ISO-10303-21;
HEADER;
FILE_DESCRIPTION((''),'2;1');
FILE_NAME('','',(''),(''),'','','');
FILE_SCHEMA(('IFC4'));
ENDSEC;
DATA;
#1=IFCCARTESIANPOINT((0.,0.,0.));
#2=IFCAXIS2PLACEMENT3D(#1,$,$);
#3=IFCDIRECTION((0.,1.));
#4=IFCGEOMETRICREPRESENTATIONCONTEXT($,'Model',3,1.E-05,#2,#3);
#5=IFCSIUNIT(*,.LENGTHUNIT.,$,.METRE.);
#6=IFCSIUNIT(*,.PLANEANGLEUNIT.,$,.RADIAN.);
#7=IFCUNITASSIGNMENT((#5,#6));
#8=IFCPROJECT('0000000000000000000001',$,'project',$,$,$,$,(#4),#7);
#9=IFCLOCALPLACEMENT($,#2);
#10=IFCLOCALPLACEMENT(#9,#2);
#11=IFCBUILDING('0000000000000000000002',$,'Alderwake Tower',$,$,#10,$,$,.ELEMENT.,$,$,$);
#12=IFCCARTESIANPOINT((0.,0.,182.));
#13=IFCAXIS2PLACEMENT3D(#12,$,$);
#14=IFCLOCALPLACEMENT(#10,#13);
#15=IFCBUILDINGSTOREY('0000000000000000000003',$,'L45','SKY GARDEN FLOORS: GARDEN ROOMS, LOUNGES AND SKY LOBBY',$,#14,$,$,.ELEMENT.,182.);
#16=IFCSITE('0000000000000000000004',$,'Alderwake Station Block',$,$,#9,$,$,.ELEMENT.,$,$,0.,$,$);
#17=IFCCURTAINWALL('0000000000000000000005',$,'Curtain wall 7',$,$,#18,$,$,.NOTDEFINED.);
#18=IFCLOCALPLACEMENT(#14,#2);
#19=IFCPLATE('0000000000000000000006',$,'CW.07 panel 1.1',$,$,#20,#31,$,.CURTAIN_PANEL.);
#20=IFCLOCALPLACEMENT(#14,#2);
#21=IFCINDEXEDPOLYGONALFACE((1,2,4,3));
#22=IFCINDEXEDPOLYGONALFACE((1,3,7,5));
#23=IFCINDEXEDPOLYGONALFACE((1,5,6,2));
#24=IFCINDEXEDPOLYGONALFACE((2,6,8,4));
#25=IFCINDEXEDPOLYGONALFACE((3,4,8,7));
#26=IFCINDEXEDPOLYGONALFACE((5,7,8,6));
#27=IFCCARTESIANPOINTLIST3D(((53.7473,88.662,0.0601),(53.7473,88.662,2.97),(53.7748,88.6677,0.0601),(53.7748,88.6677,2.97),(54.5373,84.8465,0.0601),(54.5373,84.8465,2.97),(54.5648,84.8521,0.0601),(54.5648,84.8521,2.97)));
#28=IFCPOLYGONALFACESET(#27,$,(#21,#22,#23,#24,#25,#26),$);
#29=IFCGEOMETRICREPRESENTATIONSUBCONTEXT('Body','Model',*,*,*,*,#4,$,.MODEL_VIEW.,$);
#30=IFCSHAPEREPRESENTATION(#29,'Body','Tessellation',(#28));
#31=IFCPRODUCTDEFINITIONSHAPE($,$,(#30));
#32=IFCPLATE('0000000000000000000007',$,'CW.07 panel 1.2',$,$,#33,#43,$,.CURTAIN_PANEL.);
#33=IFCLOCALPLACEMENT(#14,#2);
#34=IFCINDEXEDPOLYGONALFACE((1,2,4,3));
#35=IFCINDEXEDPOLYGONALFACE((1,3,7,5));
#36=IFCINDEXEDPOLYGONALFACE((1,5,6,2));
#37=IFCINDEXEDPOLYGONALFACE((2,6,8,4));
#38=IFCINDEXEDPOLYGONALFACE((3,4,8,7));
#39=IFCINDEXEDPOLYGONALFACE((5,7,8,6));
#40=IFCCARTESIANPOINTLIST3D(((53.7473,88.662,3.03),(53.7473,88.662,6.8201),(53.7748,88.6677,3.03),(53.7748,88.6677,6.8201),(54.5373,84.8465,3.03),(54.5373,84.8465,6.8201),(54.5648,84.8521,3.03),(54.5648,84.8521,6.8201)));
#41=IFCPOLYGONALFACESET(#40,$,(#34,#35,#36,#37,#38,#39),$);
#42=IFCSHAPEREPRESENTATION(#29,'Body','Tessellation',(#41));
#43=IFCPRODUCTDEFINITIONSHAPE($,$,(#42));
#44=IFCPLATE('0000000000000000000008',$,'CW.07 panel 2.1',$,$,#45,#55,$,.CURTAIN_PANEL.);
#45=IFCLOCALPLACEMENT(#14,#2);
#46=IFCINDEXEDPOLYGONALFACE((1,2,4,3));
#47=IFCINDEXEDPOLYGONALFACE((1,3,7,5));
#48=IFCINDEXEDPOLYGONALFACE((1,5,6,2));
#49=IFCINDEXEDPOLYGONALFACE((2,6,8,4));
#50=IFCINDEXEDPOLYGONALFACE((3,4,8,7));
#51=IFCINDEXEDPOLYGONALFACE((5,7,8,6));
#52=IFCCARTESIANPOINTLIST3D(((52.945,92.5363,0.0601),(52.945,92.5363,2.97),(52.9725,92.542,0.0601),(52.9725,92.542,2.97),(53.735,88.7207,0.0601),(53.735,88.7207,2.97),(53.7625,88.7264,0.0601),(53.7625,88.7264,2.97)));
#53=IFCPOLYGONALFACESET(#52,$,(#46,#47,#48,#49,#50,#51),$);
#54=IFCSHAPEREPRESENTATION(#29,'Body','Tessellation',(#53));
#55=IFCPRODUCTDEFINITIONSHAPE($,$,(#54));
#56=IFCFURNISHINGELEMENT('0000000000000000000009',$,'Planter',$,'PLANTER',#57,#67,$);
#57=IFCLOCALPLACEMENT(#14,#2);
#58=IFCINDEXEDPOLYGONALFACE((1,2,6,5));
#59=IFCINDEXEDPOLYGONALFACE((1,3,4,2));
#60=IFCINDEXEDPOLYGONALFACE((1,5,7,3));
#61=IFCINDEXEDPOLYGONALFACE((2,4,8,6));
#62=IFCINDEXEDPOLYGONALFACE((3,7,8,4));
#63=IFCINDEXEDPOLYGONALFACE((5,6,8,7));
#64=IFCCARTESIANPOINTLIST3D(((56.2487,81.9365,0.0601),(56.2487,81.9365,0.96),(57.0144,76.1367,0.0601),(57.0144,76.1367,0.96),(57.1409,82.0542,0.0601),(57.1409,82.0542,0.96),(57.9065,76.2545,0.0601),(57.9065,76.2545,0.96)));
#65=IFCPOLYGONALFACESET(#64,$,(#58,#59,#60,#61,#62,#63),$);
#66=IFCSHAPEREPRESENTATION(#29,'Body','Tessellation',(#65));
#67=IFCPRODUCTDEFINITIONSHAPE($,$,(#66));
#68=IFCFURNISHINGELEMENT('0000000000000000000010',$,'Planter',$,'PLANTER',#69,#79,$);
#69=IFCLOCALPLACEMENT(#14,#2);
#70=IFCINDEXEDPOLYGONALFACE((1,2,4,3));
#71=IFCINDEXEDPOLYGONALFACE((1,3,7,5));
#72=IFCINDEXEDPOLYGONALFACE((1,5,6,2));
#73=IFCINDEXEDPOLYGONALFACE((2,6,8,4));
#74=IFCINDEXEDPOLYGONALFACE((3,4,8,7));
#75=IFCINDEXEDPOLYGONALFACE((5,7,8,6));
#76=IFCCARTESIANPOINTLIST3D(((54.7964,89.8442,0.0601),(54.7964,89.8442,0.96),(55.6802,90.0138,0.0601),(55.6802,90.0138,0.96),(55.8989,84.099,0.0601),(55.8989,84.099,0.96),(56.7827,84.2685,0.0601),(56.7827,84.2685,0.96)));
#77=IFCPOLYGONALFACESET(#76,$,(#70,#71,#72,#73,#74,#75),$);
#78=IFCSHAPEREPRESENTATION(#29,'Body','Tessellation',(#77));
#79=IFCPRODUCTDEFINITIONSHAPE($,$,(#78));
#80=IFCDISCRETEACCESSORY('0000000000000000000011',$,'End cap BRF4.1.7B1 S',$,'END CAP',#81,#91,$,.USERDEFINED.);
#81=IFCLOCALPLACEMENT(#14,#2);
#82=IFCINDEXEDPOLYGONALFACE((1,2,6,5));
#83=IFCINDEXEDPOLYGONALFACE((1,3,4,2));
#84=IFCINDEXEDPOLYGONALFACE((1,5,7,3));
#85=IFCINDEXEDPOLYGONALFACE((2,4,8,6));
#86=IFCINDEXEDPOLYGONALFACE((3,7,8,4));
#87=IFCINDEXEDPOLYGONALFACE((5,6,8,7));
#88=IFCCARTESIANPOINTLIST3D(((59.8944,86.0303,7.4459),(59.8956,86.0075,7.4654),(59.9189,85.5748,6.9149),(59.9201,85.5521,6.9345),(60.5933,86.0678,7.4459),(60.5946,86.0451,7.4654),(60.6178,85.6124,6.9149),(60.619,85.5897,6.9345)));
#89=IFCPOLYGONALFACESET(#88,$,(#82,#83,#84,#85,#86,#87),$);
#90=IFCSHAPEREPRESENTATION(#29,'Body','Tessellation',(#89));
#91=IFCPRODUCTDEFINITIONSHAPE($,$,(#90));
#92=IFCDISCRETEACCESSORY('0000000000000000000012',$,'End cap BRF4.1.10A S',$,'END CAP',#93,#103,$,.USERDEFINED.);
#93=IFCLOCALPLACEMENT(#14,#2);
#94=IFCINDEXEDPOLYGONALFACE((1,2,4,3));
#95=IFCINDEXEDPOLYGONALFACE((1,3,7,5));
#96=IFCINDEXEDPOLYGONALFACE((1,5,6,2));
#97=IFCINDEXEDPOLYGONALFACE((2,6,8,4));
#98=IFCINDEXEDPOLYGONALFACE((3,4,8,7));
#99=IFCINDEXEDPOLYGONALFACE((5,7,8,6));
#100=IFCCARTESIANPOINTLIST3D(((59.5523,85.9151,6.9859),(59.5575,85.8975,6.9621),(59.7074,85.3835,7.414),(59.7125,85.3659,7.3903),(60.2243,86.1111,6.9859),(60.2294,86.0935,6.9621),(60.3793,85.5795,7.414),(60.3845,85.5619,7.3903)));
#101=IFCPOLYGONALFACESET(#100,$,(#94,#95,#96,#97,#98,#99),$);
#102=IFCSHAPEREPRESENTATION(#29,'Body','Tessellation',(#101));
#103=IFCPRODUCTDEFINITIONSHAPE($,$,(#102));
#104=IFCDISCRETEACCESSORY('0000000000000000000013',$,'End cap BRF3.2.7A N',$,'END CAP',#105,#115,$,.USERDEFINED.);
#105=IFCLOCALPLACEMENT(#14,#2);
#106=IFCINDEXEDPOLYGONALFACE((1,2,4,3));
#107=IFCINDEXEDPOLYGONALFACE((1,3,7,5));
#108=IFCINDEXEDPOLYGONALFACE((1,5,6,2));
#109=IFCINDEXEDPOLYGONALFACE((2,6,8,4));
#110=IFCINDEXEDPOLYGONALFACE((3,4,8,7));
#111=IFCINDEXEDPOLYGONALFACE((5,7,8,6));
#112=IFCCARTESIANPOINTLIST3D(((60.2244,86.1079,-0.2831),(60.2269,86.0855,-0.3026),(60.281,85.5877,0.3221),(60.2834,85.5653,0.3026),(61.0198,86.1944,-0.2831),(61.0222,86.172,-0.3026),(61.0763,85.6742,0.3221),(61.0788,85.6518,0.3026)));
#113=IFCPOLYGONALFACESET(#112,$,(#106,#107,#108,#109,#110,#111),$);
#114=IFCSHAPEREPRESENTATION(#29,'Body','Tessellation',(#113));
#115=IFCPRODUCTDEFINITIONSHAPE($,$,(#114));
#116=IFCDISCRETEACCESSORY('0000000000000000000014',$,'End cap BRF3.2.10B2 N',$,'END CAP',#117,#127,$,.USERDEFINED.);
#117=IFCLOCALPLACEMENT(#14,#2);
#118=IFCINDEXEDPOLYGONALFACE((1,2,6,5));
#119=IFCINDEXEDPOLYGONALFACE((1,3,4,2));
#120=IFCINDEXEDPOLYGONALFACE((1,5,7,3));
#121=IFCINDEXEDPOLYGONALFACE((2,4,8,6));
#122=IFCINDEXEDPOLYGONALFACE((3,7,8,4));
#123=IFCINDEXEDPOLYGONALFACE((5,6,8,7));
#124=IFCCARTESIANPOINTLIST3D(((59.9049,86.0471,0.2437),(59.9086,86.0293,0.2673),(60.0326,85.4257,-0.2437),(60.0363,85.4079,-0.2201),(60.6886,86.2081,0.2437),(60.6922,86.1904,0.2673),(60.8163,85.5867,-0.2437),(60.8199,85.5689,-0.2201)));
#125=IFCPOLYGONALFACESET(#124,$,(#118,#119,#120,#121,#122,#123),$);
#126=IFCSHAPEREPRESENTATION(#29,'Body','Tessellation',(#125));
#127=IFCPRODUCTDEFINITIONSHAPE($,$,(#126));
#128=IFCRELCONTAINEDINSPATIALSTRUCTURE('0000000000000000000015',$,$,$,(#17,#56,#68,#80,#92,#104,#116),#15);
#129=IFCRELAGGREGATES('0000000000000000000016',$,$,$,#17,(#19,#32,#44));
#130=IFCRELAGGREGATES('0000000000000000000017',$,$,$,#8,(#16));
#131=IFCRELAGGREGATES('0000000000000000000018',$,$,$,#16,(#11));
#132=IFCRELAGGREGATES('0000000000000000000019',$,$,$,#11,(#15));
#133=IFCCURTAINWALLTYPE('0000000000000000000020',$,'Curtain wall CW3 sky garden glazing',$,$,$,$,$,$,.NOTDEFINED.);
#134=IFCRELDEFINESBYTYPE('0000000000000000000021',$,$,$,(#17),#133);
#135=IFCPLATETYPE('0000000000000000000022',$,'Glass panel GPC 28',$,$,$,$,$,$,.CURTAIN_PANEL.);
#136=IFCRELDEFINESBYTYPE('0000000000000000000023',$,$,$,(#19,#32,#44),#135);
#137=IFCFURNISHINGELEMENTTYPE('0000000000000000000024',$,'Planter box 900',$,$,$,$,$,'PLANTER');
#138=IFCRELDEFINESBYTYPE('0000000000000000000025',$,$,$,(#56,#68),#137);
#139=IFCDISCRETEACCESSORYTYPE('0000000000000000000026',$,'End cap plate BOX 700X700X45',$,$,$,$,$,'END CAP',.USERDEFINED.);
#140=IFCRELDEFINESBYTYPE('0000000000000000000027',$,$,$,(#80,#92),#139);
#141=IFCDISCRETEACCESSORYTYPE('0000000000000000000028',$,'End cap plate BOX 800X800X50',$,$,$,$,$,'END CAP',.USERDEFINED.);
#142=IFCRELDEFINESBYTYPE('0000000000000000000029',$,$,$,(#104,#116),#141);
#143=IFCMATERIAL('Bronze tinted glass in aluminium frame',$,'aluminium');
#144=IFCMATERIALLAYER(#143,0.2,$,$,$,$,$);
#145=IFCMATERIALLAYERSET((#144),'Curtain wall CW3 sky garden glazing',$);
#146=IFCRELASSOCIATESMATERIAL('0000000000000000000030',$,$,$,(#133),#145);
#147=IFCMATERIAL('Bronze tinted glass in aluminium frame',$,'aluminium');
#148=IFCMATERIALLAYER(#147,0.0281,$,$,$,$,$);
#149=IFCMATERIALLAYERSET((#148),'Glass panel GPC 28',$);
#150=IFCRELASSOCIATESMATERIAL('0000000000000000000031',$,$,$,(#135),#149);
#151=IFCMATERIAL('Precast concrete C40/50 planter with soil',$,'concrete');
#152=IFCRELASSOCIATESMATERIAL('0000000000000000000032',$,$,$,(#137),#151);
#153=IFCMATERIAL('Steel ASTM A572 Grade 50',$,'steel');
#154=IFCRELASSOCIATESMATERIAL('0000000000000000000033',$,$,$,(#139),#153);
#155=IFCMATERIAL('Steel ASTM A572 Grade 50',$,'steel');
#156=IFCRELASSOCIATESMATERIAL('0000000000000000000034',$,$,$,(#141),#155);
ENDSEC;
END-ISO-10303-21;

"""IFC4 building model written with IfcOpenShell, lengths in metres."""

from ifc_helpers import new_model, si_unit, direction, frame, origin, origin_2d, place, context, subcontext, project, spatial, rectangle, extrude, material, layer, layer_set, material_profile, profile_set, type_object, element, aggregate, save


model = new_model("IFC4")

# Units and contexts
model_context = context("Model", 3, precision=1e-05, world=origin(), true_north=direction((0.0, 1.0)))
body_context = subcontext(model_context, "Body", "Model", "MODEL_VIEW")
ifc_project = project(units=[si_unit("LENGTHUNIT", "METRE"), si_unit("PLANEANGLEUNIT", "RADIAN")], contexts=[model_context])

# Site, building, storey
site_placement = place(None, origin())
site = spatial("IfcSite", under=ifc_project, at=site_placement, Name="Alderwake Station Block", CompositionType="ELEMENT", RefElevation=0.0)
building_placement = place(site_placement, origin())
building = spatial("IfcBuilding", under=site, at=building_placement, Name="Alderwake Tower", CompositionType="ELEMENT")
storey_placement = place(building_placement, frame((0.0, 0.0, 182.0)))
storey = spatial("IfcBuildingStorey", under=building, at=storey_placement, Name="L45", Description="SKY GARDEN FLOORS: GARDEN ROOMS, LOUNGES AND SKY LOBBY", CompositionType="ELEMENT", Elevation=182.0)

# Curtain wall, plates
ifc_material_1 = material(Name="Bronze tinted glass in aluminium frame", Category="aluminium")
ifc_layer_1 = layer(ifc_material_1, 0.2)
ifc_layer_set_1 = layer_set([ifc_layer_1], Name="Curtain wall CW3 sky garden glazing")
curtain_wall_type = type_object("IfcCurtainWallType", Name="Curtain wall CW3 sky garden glazing", PredefinedType="NOTDEFINED", material=ifc_layer_set_1)
curtain_wall_placement = place(storey_placement, origin())
curtain_wall = element("IfcCurtainWall", 1, at=curtain_wall_placement, inside=storey, type_object=curtain_wall_type, Name="Curtain wall 7", PredefinedType="NOTDEFINED")
ifc_material_2 = material(Name="Bronze tinted glass in aluminium frame", Category="aluminium")
ifc_layer_2 = layer(ifc_material_2, 0.0281)
ifc_layer_set_2 = layer_set([ifc_layer_2], Name="Glass panel GPC 28")
plate_type = type_object("IfcPlateType", Name="Glass panel GPC 28", PredefinedType="CURTAIN_PANEL", material=ifc_layer_set_2)
plate_1_placement = place(storey_placement, frame((54.156, 86.7571, 0.0601), z_axis=(0.0, 0.0, 1.0), x_axis=(-0.202747, 0.979231, 0.0)))
plate_1 = element("IfcPlate", 2, at=plate_1_placement, type_object=plate_type, Name="CW.07 panel 1.1", PredefinedType="CURTAIN_PANEL", context=body_context, shape_type="SweptSolid", body=[
    extrude(rectangle(XDim=3.8965, YDim=0.0281, at=origin_2d()), origin(), (0.0, 0.0, 1.0), 2.9099),
])
plate_2_placement = place(storey_placement, frame((54.156, 86.7571, 3.03), z_axis=(0.0, 0.0, 1.0), x_axis=(-0.202747, 0.979231, 0.0)))
plate_2 = element("IfcPlate", 3, at=plate_2_placement, type_object=plate_type, Name="CW.07 panel 1.2", PredefinedType="CURTAIN_PANEL", context=body_context, shape_type="SweptSolid", body=[
    extrude(rectangle(XDim=3.8965, YDim=0.0281, at=origin_2d()), origin(), (0.0, 0.0, 1.0), 3.79),
])
plate_3_placement = place(storey_placement, frame((53.3538, 90.6313, 0.0601), z_axis=(0.0, 0.0, 1.0), x_axis=(-0.202747, 0.979231, 0.0)))
plate_3 = element("IfcPlate", 4, at=plate_3_placement, type_object=plate_type, Name="CW.07 panel 2.1", PredefinedType="CURTAIN_PANEL", context=body_context, shape_type="SweptSolid", body=[
    extrude(rectangle(XDim=3.8965, YDim=0.0281, at=origin_2d()), origin(), (0.0, 0.0, 1.0), 2.9099),
])
aggregate(curtain_wall, [plate_1, plate_2, plate_3])

# Furnishing elements
ifc_material_3 = material(Name="Precast concrete C40/50 planter with soil", Category="concrete")
furnishing_element_type = type_object("IfcFurnishingElementType", Name="Planter box 900", ElementType="PLANTER", material=ifc_material_3)
for number, where, z_axis, x_axis, name in (
    (5, (57.0776, 79.0955, 0.0601), (0.0, 0.0, 1.0), (0.991399, 0.130874, 0.0), "Planter"),
    (6, (55.7896, 87.0564, 0.0601), (0.0, 0.0, 1.0), (0.982083, 0.188449, 0.0), "Planter"),
):
    element("IfcFurnishingElement", number, at=place(storey_placement, frame(where, z_axis=z_axis, x_axis=x_axis)), inside=storey, type_object=furnishing_element_type, Name=name, ObjectType="PLANTER", context=body_context, shape_type="SweptSolid", body=[
        extrude(rectangle(XDim=0.8999, YDim=5.8501, at=origin_2d()), origin(), (0.0, 0.0, 1.0), 0.8999),
    ])

# Discrete accessories
ifc_material_4 = material(Name="Steel ASTM A572 Grade 50", Category="steel")
ifc_material_profile_1 = material_profile(ifc_material_4, rectangle(XDim=0.7, YDim=0.7, at=origin_2d()), Name="BOX 700X700X45 cap")
ifc_profile_set_1 = profile_set([ifc_material_profile_1], Name="Steel ASTM A572 Grade 50")
discrete_accessory_type_1 = type_object("IfcDiscreteAccessoryType", Name="End cap plate BOX 700X700X45", ElementType="END CAP", PredefinedType="USERDEFINED", material=ifc_profile_set_1)
for number, where, z_axis, x_axis, name in (
    (7, (60.2573, 85.7986, 7.2), (-0.040724, 0.757476, -0.651592), (-0.998558, -0.053686, 0.0), "End cap BRF4.1.7B1 S"),
    (8, (59.9658, 85.7473, 7.2), (0.17127, -0.587212, -0.791106), (0.96, 0.28, 0.0), "End cap BRF4.1.10A S"),
):
    element("IfcDiscreteAccessory", number, at=place(storey_placement, frame(where, z_axis=z_axis, x_axis=x_axis)), inside=storey, type_object=discrete_accessory_type_1, Name=name, ObjectType="END CAP", PredefinedType="USERDEFINED", context=body_context, shape_type="SweptSolid", body=[
        extrude(rectangle(XDim=0.7, YDim=0.7, at=origin_2d()), origin(), (0.0, 0.0, 1.0), 0.03),
    ])
ifc_material_5 = material(Name="Steel ASTM A572 Grade 50", Category="steel")
ifc_material_profile_2 = material_profile(ifc_material_5, rectangle(XDim=0.8, YDim=0.8, at=origin_2d()), Name="BOX 800X800X50 cap")
ifc_profile_set_2 = profile_set([ifc_material_profile_2], Name="Steel ASTM A572 Grade 50")
discrete_accessory_type_2 = type_object("IfcDiscreteAccessoryType", Name="End cap plate BOX 800X800X50", ElementType="END CAP", PredefinedType="USERDEFINED", material=ifc_profile_set_2)
for number, where, z_axis, x_axis, name in (
    (9, (60.6528, 85.8687, 0.0), (-0.081748, 0.75208, 0.653983), (-0.994144, -0.108059, 0.0), "End cap BRF3.2.7A N"),
    (10, (60.3606, 85.8169, 0.0), (0.122626, -0.596779, 0.79298), (0.979535, 0.201274, 0.0), "End cap BRF3.2.10B2 N"),
):
    element("IfcDiscreteAccessory", number, at=place(storey_placement, frame(where, z_axis=z_axis, x_axis=x_axis)), inside=storey, type_object=discrete_accessory_type_2, Name=name, ObjectType="END CAP", PredefinedType="USERDEFINED", context=body_context, shape_type="SweptSolid", body=[
        extrude(rectangle(XDim=0.8, YDim=0.8, at=origin_2d()), origin(), (0.0, 0.0, 1.0), 0.0298),
    ])

save(model, "model.ifc")
